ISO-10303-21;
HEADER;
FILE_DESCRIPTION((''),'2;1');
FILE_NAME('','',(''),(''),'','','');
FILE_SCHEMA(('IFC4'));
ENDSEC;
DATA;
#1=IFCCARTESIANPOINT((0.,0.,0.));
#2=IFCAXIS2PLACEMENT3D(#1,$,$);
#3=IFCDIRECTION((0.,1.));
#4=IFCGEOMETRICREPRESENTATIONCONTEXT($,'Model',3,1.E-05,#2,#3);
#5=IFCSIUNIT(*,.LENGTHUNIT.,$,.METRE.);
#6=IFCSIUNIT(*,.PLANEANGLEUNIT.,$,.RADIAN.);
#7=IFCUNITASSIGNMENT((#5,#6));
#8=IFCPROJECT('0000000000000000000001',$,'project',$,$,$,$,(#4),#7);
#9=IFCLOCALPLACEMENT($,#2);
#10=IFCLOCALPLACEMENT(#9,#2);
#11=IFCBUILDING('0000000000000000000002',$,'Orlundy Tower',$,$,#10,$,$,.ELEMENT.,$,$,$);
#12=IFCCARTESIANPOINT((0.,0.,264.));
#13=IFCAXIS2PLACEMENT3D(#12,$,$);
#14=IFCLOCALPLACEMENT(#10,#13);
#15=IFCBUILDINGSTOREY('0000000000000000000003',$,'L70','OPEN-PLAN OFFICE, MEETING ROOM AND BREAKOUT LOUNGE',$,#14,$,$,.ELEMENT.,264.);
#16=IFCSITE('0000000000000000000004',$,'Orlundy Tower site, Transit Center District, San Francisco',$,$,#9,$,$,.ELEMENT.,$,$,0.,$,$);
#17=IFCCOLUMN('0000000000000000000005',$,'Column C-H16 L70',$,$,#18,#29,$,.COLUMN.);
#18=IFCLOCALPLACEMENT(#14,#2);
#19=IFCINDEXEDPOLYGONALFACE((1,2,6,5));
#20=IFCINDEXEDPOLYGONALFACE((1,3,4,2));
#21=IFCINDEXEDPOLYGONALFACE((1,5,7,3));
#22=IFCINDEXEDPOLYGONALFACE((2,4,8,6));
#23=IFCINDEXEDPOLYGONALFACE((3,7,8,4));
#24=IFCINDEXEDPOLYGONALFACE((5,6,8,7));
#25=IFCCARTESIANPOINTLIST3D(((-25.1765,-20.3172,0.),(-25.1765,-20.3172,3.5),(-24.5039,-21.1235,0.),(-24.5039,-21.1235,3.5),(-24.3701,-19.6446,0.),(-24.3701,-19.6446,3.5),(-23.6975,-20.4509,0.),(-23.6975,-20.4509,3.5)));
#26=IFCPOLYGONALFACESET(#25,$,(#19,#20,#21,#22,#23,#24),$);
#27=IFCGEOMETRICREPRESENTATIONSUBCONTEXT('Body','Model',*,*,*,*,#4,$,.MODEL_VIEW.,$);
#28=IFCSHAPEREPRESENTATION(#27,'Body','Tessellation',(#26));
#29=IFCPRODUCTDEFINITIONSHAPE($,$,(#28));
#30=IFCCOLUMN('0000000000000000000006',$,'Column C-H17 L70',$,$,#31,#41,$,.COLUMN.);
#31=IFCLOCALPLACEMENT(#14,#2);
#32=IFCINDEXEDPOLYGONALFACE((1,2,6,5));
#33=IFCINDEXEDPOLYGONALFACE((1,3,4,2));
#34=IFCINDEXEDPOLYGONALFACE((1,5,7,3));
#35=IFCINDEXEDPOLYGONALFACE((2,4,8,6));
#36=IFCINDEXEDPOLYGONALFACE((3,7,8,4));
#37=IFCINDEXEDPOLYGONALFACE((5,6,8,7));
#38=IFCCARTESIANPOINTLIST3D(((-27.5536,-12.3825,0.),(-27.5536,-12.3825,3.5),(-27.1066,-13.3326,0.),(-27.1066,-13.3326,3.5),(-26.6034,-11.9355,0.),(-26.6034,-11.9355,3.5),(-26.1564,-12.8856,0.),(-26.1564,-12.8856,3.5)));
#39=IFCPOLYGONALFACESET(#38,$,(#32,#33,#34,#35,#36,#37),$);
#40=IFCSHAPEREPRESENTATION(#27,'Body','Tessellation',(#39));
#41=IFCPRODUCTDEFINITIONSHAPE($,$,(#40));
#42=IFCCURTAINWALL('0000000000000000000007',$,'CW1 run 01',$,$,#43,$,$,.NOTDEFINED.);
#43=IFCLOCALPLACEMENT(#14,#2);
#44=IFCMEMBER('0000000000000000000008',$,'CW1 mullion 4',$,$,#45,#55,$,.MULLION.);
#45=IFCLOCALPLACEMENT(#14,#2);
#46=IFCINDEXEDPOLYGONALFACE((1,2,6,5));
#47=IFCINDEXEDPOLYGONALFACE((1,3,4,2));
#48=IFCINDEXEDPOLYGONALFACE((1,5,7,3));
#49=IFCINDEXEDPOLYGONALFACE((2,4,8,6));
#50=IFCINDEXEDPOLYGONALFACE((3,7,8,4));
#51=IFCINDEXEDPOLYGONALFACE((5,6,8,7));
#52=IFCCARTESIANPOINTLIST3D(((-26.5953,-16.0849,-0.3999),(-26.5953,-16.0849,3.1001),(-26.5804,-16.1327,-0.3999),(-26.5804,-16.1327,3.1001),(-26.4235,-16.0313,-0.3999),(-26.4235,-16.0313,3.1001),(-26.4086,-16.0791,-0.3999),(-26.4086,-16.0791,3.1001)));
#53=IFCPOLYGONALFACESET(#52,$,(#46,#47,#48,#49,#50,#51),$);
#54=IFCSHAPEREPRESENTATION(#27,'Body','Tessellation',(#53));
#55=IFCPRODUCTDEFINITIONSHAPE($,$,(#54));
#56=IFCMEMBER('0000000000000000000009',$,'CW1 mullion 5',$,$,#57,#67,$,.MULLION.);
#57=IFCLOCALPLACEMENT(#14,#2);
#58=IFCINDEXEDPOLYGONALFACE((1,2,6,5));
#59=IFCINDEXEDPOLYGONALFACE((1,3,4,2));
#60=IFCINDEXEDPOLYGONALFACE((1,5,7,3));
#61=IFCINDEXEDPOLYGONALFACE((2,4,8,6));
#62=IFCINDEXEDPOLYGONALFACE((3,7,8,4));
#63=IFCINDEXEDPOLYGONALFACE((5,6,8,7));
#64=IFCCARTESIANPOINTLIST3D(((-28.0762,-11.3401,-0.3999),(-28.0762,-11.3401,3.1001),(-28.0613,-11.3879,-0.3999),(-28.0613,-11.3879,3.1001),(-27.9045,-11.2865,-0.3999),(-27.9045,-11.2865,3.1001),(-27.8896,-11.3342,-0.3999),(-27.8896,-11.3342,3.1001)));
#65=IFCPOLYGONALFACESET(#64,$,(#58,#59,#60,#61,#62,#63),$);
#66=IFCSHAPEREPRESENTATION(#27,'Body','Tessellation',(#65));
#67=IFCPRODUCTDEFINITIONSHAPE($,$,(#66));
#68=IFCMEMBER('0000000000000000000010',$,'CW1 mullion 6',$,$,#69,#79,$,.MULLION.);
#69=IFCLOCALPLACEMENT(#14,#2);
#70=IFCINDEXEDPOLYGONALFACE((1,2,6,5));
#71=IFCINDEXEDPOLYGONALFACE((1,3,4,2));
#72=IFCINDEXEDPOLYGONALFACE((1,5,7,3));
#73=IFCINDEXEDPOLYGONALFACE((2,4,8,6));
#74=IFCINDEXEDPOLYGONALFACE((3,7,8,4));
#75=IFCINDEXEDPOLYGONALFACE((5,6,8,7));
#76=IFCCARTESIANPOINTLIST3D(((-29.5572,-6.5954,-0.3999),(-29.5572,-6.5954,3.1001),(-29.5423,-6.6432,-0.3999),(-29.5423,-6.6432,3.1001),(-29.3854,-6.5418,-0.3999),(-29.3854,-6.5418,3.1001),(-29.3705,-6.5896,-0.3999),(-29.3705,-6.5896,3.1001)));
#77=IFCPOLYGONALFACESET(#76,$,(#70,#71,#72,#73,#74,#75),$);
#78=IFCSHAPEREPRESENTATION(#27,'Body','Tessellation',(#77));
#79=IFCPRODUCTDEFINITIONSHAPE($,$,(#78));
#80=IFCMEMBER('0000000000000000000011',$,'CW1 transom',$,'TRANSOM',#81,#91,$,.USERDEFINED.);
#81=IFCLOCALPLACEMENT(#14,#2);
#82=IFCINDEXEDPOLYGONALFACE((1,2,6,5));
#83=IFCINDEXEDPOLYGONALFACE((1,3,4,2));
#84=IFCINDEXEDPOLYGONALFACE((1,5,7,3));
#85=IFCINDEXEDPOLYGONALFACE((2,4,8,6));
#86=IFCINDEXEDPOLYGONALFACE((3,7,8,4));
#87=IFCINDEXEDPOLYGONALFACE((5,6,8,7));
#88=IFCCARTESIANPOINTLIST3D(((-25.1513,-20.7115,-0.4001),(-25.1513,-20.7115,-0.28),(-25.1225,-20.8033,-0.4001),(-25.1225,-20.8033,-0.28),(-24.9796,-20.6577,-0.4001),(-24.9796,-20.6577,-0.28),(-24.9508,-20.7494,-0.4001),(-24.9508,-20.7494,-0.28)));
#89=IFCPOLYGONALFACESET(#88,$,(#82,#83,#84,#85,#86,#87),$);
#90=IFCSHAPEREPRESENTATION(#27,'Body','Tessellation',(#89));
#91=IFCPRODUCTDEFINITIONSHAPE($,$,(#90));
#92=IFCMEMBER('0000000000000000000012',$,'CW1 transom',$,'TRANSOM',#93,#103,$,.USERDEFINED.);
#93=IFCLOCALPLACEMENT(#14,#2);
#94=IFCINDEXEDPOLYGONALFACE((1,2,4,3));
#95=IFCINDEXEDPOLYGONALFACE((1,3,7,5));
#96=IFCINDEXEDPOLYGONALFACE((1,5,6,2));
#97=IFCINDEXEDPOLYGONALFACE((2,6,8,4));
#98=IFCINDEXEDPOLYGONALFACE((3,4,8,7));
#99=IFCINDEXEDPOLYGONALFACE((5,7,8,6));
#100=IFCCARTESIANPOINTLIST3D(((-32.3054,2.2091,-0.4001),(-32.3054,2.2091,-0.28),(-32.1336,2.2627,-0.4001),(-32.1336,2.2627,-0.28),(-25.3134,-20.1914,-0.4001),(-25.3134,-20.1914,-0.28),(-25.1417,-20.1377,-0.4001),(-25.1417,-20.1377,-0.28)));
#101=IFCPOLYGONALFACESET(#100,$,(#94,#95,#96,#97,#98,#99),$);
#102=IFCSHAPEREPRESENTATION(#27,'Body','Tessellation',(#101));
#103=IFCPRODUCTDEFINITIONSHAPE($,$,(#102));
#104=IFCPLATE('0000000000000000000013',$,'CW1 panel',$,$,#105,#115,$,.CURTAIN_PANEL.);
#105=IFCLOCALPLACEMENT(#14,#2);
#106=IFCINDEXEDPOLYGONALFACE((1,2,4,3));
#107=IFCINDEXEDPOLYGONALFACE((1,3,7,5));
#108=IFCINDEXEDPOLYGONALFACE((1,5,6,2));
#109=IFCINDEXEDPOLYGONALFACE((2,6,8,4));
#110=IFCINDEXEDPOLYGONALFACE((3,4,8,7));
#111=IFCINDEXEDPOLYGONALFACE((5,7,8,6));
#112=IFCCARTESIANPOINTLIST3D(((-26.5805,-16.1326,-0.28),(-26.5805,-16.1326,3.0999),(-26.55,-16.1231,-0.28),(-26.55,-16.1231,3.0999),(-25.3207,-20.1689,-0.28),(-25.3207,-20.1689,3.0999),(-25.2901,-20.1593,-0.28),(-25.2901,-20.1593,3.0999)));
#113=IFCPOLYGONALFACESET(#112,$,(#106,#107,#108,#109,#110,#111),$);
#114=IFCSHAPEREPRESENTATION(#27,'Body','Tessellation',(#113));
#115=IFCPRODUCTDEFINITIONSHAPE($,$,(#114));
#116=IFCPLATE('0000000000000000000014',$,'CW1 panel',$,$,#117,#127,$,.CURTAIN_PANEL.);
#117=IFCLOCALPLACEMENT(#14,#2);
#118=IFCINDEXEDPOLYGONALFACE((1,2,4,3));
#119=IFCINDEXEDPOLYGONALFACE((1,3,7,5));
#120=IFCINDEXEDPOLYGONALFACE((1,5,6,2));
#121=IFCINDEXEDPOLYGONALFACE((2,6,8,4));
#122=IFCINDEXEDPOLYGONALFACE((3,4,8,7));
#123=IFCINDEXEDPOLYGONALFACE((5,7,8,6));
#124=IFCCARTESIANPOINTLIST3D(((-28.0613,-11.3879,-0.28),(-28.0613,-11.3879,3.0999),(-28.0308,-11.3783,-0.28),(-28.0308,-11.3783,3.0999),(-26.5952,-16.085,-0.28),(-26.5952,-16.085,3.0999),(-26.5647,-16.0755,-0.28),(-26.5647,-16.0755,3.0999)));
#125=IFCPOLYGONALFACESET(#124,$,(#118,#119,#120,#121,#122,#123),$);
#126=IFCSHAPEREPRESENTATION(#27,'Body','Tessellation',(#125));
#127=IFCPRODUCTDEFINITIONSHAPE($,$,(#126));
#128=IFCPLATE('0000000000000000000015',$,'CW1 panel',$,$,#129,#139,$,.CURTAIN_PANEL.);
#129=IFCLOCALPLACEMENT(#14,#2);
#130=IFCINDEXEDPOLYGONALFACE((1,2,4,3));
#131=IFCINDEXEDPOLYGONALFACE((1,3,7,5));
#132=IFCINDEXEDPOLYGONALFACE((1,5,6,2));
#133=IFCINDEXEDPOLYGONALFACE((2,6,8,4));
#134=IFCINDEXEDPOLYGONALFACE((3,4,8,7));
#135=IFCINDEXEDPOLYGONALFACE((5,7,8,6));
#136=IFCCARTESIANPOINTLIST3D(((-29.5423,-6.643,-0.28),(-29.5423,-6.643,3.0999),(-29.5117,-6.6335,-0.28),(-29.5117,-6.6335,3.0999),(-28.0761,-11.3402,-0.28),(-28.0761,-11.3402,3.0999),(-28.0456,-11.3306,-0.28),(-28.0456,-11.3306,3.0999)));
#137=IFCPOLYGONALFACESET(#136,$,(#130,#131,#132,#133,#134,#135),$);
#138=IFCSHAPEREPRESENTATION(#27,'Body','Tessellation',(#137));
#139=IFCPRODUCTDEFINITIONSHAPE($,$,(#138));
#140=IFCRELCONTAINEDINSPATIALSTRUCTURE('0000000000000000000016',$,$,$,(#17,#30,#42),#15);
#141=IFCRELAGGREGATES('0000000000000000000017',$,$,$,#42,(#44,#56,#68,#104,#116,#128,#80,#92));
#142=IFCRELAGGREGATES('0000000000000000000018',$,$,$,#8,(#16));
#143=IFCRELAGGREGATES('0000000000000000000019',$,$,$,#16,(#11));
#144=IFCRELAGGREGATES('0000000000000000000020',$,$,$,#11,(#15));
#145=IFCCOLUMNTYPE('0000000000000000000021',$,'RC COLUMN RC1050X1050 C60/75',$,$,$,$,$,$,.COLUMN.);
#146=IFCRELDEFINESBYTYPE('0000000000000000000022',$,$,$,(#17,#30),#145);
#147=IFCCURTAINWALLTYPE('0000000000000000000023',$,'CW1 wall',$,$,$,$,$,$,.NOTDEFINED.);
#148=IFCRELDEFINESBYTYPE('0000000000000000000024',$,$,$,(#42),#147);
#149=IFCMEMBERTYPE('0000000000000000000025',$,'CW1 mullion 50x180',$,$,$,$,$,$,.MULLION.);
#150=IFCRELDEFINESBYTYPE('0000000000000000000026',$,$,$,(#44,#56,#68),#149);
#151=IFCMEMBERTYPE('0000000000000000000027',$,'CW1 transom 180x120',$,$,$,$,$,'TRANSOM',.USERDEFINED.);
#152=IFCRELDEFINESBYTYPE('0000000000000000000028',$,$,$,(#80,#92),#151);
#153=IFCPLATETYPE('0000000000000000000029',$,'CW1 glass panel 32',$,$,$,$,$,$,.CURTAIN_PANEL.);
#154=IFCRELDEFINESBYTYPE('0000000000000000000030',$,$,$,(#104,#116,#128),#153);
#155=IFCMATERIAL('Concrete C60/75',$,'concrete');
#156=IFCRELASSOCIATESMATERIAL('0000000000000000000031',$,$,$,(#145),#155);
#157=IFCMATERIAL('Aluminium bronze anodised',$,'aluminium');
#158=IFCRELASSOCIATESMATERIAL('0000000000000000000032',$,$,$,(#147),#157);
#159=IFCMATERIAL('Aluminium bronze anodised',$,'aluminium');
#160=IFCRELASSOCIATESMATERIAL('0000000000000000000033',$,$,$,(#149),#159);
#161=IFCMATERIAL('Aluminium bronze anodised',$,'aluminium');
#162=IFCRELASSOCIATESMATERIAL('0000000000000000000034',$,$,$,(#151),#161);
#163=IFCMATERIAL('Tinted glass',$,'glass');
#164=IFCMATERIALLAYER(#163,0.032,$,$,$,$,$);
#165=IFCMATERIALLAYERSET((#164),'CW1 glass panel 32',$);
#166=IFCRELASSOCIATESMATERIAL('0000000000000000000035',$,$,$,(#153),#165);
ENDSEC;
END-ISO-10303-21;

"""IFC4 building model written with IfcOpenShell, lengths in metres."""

from ifc_helpers import new_model, si_unit, direction, frame, origin, origin_2d, place, context, subcontext, project, spatial, rectangle, extrude, material, layer, layer_set, material_profile, profile_set, type_object, element, aggregate, save


model = new_model("IFC4")

# Units and contexts
model_context = context("Model", 3, precision=1e-05, world=origin(), true_north=direction((0.0, 1.0)))
body_context = subcontext(model_context, "Body", "Model", "MODEL_VIEW")
ifc_project = project(units=[si_unit("LENGTHUNIT", "METRE"), si_unit("PLANEANGLEUNIT", "RADIAN")], contexts=[model_context])

# Site, building, storey
site_placement = place(None, origin())
site = spatial("IfcSite", under=ifc_project, at=site_placement, Name="Orlundy Tower site, Transit Center District, San Francisco", CompositionType="ELEMENT", RefElevation=0.0)
building_placement = place(site_placement, origin())
building = spatial("IfcBuilding", under=site, at=building_placement, Name="Orlundy Tower", CompositionType="ELEMENT")
storey_placement = place(building_placement, frame((0.0, 0.0, 264.0)))
storey = spatial("IfcBuildingStorey", under=building, at=storey_placement, Name="L70", Description="OPEN-PLAN OFFICE, MEETING ROOM AND BREAKOUT LOUNGE", CompositionType="ELEMENT", Elevation=264.0)

# Columns
ifc_material_1 = material(Name="Concrete C60/75", Category="concrete")
ifc_material_profile_1 = material_profile(ifc_material_1, rectangle(XDim=1.05, YDim=1.05, at=origin_2d()), Name="RC1050X1050")
ifc_profile_set_1 = profile_set([ifc_material_profile_1], Name="Concrete C60/75")
column_type = type_object("IfcColumnType", Name="RC COLUMN RC1050X1050 C60/75", PredefinedType="COLUMN", material=ifc_profile_set_1)
for number, where, z_axis, x_axis, name in (
    (1, (-24.437, -20.384, 0.0), (0.0, 0.0, 1.0), (-0.767915, -0.640552, 0.0), "Column C-H16 L70"),
    (2, (-26.855, -12.634, 0.0), (0.0, 0.0, 1.0), (-0.904864, -0.4257, 0.0), "Column C-H17 L70"),
):
    element("IfcColumn", number, at=place(storey_placement, frame(where, z_axis=z_axis, x_axis=x_axis)), inside=storey, type_object=column_type, Name=name, PredefinedType="COLUMN", context=body_context, shape_type="SweptSolid", body=[
        extrude(rectangle(XDim=1.05, YDim=1.05, at=origin_2d()), origin(), (0.0, 0.0, 1.0), 3.5),
    ])

# Curtain wall, members, plates
ifc_material_2 = material(Name="Aluminium bronze anodised", Category="aluminium")
curtain_wall_type = type_object("IfcCurtainWallType", Name="CW1 wall", PredefinedType="NOTDEFINED", material=ifc_material_2)
curtain_wall_placement = place(storey_placement, origin())
curtain_wall = element("IfcCurtainWall", 3, at=curtain_wall_placement, inside=storey, type_object=curtain_wall_type, Name="CW1 run 01", PredefinedType="NOTDEFINED")
ifc_material_3 = material(Name="Aluminium bronze anodised", Category="aluminium")
ifc_material_profile_2 = material_profile(ifc_material_3, rectangle(XDim=0.1799, YDim=0.05, at=origin_2d()), Name="CW1 mullion 50x180")
ifc_profile_set_2 = profile_set([ifc_material_profile_2], Name="Aluminium bronze anodised")
member_type_1 = type_object("IfcMemberType", Name="CW1 mullion 50x180", PredefinedType="MULLION", material=ifc_profile_set_2)
member_1_placement = place(storey_placement, frame((-26.502, -16.082, -0.3999), z_axis=(0.0, 0.0, 1.0), x_axis=(-0.95458, -0.297954, 0.0)))
member_1 = element("IfcMember", 4, at=member_1_placement, type_object=member_type_1, Name="CW1 mullion 4", PredefinedType="MULLION", context=body_context, shape_type="SweptSolid", body=[
    extrude(rectangle(XDim=0.1799, YDim=0.05, at=origin_2d()), origin(), (0.0, 0.0, 1.0), 3.5),
])
member_2_placement = place(storey_placement, frame((-27.9829, -11.3372, -0.3999), z_axis=(0.0, 0.0, 1.0), x_axis=(-0.95458, -0.297954, 0.0)))
member_2 = element("IfcMember", 5, at=member_2_placement, type_object=member_type_1, Name="CW1 mullion 5", PredefinedType="MULLION", context=body_context, shape_type="SweptSolid", body=[
    extrude(rectangle(XDim=0.1799, YDim=0.05, at=origin_2d()), origin(), (0.0, 0.0, 1.0), 3.5),
])
member_3_placement = place(storey_placement, frame((-29.4639, -6.5925, -0.3999), z_axis=(0.0, 0.0, 1.0), x_axis=(-0.95458, -0.297954, 0.0)))
member_3 = element("IfcMember", 6, at=member_3_placement, type_object=member_type_1, Name="CW1 mullion 6", PredefinedType="MULLION", context=body_context, shape_type="SweptSolid", body=[
    extrude(rectangle(XDim=0.1799, YDim=0.05, at=origin_2d()), origin(), (0.0, 0.0, 1.0), 3.5),
])
ifc_material_4 = material(Name="Aluminium bronze anodised", Category="aluminium")
ifc_material_profile_3 = material_profile(ifc_material_4, rectangle(XDim=0.1799, YDim=0.1201, at=origin_2d()), Name="CW1 transom 180x120")
ifc_profile_set_3 = profile_set([ifc_material_profile_3], Name="Aluminium bronze anodised")
member_type_2 = type_object("IfcMemberType", Name="CW1 transom 180x120", ElementType="TRANSOM", PredefinedType="USERDEFINED", material=ifc_profile_set_3)
member_4_placement = place(storey_placement, frame((-25.0366, -20.7764, -0.3401), z_axis=(-0.299431, 0.954118, 0.0), x_axis=(-0.954118, -0.299431, 0.0)))
member_4 = element("IfcMember", 7, at=member_4_placement, type_object=member_type_2, Name="CW1 transom", ObjectType="TRANSOM", PredefinedType="USERDEFINED", context=body_context, shape_type="SweptSolid", body=[
    extrude(rectangle(XDim=0.1799, YDim=0.1201, at=origin_2d()), origin(), (0.0, 0.0, 1.0), 0.0962),
])
member_5_placement = place(storey_placement, frame((-25.2275, -20.1646, -0.3401), z_axis=(-0.297957, 0.954579, 0.0), x_axis=(-0.954579, -0.297957, 0.0)))
member_5 = element("IfcMember", 8, at=member_5_placement, type_object=member_type_2, Name="CW1 transom", ObjectType="TRANSOM", PredefinedType="USERDEFINED", context=body_context, shape_type="SweptSolid", body=[
    extrude(rectangle(XDim=0.1799, YDim=0.1201, at=origin_2d()), origin(), (0.0, 0.0, 1.0), 23.4663),
])
ifc_material_5 = material(Name="Tinted glass", Category="glass")
ifc_layer_1 = layer(ifc_material_5, 0.032)
ifc_layer_set_1 = layer_set([ifc_layer_1], Name="CW1 glass panel 32")
plate_type = type_object("IfcPlateType", Name="CW1 glass panel 32", PredefinedType="CURTAIN_PANEL", material=ifc_layer_set_1)
plate_1_placement = place(storey_placement, frame((-25.9353, -18.146, -0.28), z_axis=(0.0, 0.0, 1.0), x_axis=(-0.297954, 0.95458, 0.0)))
plate_1 = element("IfcPlate", 9, at=plate_1_placement, type_object=plate_type, Name="CW1 panel", PredefinedType="CURTAIN_PANEL", context=body_context, shape_type="SweptSolid", body=[
    extrude(rectangle(XDim=4.2283, YDim=0.032, at=origin_2d()), origin(), (0.0, 0.0, 1.0), 3.3799),
])
plate_2_placement = place(storey_placement, frame((-27.313, -13.7317, -0.28), z_axis=(0.0, 0.0, 1.0), x_axis=(-0.297954, 0.95458, 0.0)))
plate_2 = element("IfcPlate", 10, at=plate_2_placement, type_object=plate_type, Name="CW1 panel", PredefinedType="CURTAIN_PANEL", context=body_context, shape_type="SweptSolid", body=[
    extrude(rectangle(XDim=4.9207, YDim=0.032, at=origin_2d()), origin(), (0.0, 0.0, 1.0), 3.3799),
])
plate_3_placement = place(storey_placement, frame((-28.7939, -8.9868, -0.28), z_axis=(0.0, 0.0, 1.0), x_axis=(-0.297954, 0.95458, 0.0)))
plate_3 = element("IfcPlate", 11, at=plate_3_placement, type_object=plate_type, Name="CW1 panel", PredefinedType="CURTAIN_PANEL", context=body_context, shape_type="SweptSolid", body=[
    extrude(rectangle(XDim=4.9207, YDim=0.032, at=origin_2d()), origin(), (0.0, 0.0, 1.0), 3.3799),
])
aggregate(curtain_wall, [member_1, member_2, member_3, plate_1, plate_2, plate_3, member_4, member_5])

save(model, "model.ifc")
